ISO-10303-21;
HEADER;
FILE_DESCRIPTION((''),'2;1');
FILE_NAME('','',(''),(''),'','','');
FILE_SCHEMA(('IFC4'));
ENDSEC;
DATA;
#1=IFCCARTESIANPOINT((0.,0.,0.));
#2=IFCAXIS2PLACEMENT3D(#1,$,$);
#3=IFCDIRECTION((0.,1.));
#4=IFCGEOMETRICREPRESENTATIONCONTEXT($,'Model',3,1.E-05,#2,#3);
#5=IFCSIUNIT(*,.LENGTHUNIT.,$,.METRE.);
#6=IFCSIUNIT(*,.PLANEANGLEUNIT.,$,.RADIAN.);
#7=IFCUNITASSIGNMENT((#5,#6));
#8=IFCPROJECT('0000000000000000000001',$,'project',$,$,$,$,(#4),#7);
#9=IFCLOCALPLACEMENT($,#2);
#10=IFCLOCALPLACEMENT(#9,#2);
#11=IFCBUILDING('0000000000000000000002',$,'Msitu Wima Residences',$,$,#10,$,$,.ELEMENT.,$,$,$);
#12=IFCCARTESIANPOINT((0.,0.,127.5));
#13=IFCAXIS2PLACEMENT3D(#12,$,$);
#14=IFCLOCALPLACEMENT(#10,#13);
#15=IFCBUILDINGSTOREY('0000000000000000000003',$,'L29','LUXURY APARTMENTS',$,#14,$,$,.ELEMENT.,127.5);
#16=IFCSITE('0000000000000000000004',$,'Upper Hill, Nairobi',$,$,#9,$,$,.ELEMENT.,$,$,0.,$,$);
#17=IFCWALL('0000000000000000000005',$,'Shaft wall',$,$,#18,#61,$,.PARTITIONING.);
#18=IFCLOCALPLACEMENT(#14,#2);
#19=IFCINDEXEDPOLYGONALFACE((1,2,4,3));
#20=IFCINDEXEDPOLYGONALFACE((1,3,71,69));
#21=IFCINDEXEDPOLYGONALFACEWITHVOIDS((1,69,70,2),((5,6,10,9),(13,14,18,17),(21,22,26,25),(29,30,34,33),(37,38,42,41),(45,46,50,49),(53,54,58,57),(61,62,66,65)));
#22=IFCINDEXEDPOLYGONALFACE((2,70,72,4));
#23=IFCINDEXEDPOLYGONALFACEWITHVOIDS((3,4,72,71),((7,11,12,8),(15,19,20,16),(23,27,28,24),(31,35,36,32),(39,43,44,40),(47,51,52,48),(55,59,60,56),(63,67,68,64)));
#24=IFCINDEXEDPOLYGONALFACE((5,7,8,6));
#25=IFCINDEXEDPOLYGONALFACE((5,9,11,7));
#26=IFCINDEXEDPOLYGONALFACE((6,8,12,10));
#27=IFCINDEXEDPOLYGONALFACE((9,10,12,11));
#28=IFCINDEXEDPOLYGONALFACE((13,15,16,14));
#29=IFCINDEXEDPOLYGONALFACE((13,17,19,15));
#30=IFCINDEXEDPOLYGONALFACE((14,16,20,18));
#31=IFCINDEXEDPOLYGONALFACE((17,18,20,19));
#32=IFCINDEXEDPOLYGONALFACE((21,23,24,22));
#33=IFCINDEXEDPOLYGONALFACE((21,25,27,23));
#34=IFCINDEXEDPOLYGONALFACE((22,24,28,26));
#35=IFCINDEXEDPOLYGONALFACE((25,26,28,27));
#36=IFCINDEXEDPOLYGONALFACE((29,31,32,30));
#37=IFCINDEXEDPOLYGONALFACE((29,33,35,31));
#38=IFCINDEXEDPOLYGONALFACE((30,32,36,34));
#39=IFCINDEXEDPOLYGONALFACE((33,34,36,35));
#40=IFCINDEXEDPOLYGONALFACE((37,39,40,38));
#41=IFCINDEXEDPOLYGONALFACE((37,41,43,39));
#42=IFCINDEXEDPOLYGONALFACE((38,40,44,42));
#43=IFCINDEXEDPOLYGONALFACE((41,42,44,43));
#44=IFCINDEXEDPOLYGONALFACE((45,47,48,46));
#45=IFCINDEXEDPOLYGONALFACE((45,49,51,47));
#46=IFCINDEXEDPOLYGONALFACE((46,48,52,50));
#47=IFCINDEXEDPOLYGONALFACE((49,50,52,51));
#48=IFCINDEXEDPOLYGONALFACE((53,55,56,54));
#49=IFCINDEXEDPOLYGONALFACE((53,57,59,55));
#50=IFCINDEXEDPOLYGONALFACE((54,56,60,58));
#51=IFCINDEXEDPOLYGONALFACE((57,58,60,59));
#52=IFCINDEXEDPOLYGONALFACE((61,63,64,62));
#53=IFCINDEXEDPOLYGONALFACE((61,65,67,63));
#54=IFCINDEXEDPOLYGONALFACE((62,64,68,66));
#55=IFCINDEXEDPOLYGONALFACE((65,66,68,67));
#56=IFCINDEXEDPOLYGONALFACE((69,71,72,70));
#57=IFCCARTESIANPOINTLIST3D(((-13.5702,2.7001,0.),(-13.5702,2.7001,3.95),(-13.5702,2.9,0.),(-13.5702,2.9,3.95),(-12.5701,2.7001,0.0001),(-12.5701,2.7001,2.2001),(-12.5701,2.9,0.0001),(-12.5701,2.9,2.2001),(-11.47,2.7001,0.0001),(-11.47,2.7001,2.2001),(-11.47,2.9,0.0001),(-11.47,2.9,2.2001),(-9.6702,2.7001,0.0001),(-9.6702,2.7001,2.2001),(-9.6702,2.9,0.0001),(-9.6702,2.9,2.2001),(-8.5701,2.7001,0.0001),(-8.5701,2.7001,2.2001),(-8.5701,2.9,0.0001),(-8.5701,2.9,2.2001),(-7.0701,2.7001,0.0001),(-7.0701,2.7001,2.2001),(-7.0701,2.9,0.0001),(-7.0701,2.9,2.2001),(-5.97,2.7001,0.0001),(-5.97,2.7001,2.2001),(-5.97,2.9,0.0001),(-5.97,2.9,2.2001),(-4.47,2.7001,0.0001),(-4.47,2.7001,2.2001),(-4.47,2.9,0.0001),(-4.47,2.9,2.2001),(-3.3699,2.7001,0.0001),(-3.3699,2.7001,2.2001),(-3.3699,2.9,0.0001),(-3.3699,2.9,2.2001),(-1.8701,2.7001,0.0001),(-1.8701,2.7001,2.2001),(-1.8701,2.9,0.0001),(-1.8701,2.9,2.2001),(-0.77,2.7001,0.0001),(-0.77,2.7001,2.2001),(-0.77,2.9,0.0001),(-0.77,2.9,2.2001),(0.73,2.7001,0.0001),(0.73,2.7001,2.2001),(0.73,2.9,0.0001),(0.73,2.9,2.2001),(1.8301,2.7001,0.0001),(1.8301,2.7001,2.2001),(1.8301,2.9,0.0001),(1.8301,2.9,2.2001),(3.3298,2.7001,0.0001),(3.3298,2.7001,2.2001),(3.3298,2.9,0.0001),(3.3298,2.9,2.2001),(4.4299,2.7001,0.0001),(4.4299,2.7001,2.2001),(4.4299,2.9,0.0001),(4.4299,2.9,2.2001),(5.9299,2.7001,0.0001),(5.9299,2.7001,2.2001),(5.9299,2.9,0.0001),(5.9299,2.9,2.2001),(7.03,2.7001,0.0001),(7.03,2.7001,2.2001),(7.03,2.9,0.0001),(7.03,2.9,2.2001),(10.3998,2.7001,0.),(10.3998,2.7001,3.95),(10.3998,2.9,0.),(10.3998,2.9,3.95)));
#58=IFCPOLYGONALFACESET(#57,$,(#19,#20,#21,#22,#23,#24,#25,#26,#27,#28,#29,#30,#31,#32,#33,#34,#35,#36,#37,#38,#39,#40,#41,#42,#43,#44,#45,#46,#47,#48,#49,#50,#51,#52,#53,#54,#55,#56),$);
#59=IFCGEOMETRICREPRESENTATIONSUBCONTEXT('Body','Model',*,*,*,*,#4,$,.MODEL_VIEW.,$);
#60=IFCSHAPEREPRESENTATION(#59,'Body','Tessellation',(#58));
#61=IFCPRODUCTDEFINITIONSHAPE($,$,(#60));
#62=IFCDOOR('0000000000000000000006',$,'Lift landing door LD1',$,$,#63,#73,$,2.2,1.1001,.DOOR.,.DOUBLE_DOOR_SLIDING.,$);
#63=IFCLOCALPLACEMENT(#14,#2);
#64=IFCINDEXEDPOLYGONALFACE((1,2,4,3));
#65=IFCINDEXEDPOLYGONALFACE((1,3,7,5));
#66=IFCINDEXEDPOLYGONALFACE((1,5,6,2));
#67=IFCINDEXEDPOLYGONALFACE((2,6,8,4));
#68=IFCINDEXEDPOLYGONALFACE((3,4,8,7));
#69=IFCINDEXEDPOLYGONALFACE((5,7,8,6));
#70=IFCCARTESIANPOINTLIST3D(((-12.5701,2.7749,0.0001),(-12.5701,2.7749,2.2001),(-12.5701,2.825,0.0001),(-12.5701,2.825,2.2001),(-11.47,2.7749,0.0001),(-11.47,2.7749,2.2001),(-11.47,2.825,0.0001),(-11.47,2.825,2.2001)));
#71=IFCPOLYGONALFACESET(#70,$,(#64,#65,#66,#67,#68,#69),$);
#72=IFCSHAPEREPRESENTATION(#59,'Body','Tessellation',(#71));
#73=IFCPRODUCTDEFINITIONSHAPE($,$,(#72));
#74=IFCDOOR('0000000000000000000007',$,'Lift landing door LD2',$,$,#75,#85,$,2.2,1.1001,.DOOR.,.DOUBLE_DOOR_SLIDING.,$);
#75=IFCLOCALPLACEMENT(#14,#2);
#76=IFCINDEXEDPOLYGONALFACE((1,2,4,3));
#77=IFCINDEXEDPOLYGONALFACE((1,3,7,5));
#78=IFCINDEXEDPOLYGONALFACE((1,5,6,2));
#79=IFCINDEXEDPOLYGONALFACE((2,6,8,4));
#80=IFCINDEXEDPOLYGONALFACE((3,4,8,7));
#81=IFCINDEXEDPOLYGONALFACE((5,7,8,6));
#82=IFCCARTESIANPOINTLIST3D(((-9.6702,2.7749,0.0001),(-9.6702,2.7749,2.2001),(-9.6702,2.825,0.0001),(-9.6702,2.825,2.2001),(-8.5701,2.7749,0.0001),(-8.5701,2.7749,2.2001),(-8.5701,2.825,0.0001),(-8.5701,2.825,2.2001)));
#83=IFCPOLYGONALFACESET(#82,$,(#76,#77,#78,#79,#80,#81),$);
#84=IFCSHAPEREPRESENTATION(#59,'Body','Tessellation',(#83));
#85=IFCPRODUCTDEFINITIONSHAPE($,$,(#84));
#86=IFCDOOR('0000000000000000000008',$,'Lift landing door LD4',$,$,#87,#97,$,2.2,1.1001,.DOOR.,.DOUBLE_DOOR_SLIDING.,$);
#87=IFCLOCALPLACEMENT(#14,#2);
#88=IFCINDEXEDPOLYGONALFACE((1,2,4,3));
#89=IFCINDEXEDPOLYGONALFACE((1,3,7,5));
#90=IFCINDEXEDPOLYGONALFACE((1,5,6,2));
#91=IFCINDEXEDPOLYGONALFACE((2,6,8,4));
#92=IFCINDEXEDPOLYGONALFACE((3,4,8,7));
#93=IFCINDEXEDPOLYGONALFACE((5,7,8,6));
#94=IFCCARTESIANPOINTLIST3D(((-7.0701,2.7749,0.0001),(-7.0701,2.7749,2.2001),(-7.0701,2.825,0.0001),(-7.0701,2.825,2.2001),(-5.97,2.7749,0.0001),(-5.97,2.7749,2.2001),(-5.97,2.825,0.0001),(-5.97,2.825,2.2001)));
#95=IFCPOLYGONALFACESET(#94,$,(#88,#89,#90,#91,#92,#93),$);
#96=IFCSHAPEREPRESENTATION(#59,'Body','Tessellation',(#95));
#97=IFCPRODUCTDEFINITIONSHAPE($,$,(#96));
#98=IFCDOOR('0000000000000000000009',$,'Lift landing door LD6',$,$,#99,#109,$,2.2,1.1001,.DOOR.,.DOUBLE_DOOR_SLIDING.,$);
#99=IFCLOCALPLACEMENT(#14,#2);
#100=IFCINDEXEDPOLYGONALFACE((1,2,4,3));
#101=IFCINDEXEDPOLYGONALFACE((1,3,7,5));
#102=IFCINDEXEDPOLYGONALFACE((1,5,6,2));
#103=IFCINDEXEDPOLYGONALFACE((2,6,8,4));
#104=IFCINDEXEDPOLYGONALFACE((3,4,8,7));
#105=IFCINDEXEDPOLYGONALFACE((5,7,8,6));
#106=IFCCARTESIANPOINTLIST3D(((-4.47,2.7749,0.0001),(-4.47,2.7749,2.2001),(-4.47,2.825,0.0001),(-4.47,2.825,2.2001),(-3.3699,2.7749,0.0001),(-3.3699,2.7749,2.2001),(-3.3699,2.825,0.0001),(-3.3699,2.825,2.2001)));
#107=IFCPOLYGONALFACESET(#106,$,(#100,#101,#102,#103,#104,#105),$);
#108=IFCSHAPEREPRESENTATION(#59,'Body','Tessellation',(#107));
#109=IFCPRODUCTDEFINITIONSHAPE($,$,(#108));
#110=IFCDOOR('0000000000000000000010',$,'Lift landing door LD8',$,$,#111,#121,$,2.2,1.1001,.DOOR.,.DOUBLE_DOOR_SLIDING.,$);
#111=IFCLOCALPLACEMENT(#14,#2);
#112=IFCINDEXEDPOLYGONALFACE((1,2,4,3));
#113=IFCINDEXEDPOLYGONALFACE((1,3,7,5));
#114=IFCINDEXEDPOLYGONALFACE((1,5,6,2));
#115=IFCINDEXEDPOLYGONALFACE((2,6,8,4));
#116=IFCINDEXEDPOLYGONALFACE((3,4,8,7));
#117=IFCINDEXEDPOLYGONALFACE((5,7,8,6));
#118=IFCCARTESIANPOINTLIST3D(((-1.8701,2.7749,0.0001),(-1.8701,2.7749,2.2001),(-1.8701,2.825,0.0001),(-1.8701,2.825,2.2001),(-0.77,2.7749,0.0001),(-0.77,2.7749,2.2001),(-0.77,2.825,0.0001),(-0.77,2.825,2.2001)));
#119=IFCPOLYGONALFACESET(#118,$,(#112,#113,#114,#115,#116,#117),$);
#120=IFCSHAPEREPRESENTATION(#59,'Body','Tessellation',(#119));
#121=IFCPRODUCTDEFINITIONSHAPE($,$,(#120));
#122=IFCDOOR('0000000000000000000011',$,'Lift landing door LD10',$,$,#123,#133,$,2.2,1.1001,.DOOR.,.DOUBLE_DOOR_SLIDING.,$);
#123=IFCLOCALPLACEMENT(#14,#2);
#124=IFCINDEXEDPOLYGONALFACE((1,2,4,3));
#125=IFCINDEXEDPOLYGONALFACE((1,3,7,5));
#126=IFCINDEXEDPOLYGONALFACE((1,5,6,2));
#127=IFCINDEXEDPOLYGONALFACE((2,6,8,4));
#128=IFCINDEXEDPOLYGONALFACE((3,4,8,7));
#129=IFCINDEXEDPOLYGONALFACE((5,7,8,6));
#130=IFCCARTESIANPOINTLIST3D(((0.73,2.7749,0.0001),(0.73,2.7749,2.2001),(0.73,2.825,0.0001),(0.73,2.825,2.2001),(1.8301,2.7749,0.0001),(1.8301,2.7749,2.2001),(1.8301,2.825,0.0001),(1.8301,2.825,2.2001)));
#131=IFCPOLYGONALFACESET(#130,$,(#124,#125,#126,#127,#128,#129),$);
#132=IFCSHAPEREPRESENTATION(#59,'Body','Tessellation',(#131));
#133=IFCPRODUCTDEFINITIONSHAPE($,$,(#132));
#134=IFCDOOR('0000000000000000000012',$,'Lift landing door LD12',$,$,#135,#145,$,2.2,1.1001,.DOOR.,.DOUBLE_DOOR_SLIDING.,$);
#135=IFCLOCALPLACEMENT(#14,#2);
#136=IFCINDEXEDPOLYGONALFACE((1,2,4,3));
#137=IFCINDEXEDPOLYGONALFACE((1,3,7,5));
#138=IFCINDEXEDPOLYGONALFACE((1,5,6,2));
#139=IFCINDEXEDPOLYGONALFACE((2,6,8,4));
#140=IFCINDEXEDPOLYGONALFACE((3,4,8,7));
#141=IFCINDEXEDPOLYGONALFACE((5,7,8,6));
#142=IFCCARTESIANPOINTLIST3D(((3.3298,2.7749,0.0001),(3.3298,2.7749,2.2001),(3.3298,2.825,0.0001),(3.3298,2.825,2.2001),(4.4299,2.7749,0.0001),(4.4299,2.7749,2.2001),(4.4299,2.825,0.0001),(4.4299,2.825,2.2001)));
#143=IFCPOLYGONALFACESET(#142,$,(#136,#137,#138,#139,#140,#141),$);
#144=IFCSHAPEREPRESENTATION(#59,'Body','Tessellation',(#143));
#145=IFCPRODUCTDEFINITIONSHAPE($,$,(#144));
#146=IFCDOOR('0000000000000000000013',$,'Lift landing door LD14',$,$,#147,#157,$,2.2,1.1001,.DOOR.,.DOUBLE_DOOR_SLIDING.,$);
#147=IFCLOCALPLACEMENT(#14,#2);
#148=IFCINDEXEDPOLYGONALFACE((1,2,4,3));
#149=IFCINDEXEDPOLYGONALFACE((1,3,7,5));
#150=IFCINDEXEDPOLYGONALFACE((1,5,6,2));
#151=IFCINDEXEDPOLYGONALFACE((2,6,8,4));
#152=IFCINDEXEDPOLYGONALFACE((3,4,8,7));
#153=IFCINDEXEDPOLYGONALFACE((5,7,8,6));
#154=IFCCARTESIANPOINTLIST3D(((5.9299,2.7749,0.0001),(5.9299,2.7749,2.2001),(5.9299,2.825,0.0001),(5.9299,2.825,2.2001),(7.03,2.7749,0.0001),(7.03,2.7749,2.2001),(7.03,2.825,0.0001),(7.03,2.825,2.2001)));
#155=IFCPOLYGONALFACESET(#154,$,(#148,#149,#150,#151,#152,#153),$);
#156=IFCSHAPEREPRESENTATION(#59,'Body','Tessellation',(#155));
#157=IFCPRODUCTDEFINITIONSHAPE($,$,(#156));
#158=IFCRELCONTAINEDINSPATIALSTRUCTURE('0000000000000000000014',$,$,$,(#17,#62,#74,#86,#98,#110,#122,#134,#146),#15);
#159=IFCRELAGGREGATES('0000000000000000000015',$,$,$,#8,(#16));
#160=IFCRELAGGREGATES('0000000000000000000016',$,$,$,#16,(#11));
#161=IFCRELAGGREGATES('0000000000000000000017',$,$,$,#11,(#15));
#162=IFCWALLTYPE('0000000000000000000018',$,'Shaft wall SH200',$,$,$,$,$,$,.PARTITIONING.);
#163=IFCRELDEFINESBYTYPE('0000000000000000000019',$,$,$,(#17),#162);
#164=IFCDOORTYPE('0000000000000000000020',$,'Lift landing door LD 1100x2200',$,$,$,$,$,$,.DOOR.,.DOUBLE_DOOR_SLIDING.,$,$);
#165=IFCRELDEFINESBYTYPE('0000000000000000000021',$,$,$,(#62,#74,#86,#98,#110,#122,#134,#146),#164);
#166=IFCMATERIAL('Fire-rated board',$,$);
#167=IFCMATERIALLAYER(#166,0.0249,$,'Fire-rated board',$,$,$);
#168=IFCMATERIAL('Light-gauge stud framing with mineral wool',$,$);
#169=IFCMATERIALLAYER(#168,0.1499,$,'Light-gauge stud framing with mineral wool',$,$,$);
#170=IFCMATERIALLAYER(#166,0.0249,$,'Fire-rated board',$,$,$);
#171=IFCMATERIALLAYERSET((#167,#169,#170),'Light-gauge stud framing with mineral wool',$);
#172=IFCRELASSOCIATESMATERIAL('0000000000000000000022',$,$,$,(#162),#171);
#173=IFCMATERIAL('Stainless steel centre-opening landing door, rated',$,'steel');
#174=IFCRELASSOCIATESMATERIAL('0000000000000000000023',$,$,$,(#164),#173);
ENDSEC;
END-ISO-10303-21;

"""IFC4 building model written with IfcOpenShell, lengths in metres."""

from ifc_helpers import new_model, si_unit, direction, frame, frame_2d, origin, place, context, subcontext, project, spatial, rectangle, extrude, material, layer, layer_set, type_object, element, fill, save


model = new_model("IFC4")

# Units and contexts
model_context = context("Model", 3, precision=1e-05, world=origin(), true_north=direction((0.0, 1.0)))
body_context = subcontext(model_context, "Body", "Model", "MODEL_VIEW")
ifc_project = project(units=[si_unit("LENGTHUNIT", "METRE"), si_unit("PLANEANGLEUNIT", "RADIAN")], contexts=[model_context])

# Site, building, storey
site_placement = place(None, origin())
site = spatial("IfcSite", under=ifc_project, at=site_placement, Name="Upper Hill, Nairobi", CompositionType="ELEMENT", RefElevation=0.0)
building_placement = place(site_placement, origin())
building = spatial("IfcBuilding", under=site, at=building_placement, Name="Msitu Wima Residences", CompositionType="ELEMENT")
storey_placement = place(building_placement, frame((0.0, 0.0, 127.5)))
storey = spatial("IfcBuildingStorey", under=building, at=storey_placement, Name="L29", Description="LUXURY APARTMENTS", CompositionType="ELEMENT", Elevation=127.5)

# Shared definitions
ifc_material_1 = material(Name="Fire-rated board")
ifc_layer_1 = layer(ifc_material_1, 0.0249, Name="Fire-rated board")
ifc_material_2 = material(Name="Light-gauge stud framing with mineral wool")
ifc_layer_2 = layer(ifc_material_2, 0.1499, Name="Light-gauge stud framing with mineral wool")
ifc_layer_3 = layer(ifc_material_1, 0.0249, Name="Fire-rated board")
ifc_layer_set_1 = layer_set([ifc_layer_1, ifc_layer_2, ifc_layer_3], Name="Light-gauge stud framing with mineral wool")
wall_type_1 = type_object("IfcWallType", Name="Shaft wall SH200", PredefinedType="PARTITIONING", material=ifc_layer_set_1)

# Wall, openings, doors
wall_1_placement = place(storey_placement, frame((-13.5701, 2.8, 0.0), z_axis=(0.0, 0.0, 1.0), x_axis=(1.0, 0.0, 0.0)))
wall_1 = element("IfcWall", 1, at=wall_1_placement, inside=storey, type_object=wall_type_1, Name="Shaft wall", PredefinedType="PARTITIONING", context=body_context, shape_type="SweptSolid", body=[
    extrude(rectangle(XDim=23.97, YDim=0.2, at=frame_2d((11.9849, 0.0))), origin(), (0.0, 0.0, 1.0), 3.95),
])
opening_1_placement = place(wall_1_placement, frame((1.0, 0.0, 0.0)))
opening_1 = element("IfcOpeningElement", 2, at=opening_1_placement, cuts=wall_1, PredefinedType="OPENING", context=body_context, shape_type="SweptSolid", body=[
    extrude(rectangle(XDim=1.1001, YDim=2.2, at=frame_2d((0.55, 1.1001))), frame((0.0, 0.1099, 0.0), z_axis=(0.0, -1.0, 0.0), x_axis=(1.0, 0.0, 0.0)), (0.0, 0.0, 1.0), 0.22),
])
opening_2_placement = place(wall_1_placement, frame((3.8999, 0.0, 0.0)))
opening_2 = element("IfcOpeningElement", 3, at=opening_2_placement, cuts=wall_1, PredefinedType="OPENING", context=body_context, shape_type="SweptSolid", body=[
    extrude(rectangle(XDim=1.1001, YDim=2.2, at=frame_2d((0.55, 1.1001))), frame((0.0, 0.1099, 0.0), z_axis=(0.0, -1.0, 0.0), x_axis=(1.0, 0.0, 0.0)), (0.0, 0.0, 1.0), 0.22),
])
opening_3_placement = place(wall_1_placement, frame((6.5, 0.0, 0.0)))
opening_3 = element("IfcOpeningElement", 4, at=opening_3_placement, cuts=wall_1, PredefinedType="OPENING", context=body_context, shape_type="SweptSolid", body=[
    extrude(rectangle(XDim=1.1001, YDim=2.2, at=frame_2d((0.55, 1.1001))), frame((0.0, 0.1099, 0.0), z_axis=(0.0, -1.0, 0.0), x_axis=(1.0, 0.0, 0.0)), (0.0, 0.0, 1.0), 0.22),
])
opening_4_placement = place(wall_1_placement, frame((9.1001, 0.0, 0.0)))
opening_4 = element("IfcOpeningElement", 5, at=opening_4_placement, cuts=wall_1, PredefinedType="OPENING", context=body_context, shape_type="SweptSolid", body=[
    extrude(rectangle(XDim=1.1001, YDim=2.2, at=frame_2d((0.55, 1.1001))), frame((0.0, 0.1099, 0.0), z_axis=(0.0, -1.0, 0.0), x_axis=(1.0, 0.0, 0.0)), (0.0, 0.0, 1.0), 0.22),
])
opening_5_placement = place(wall_1_placement, frame((11.7, 0.0, 0.0)))
opening_5 = element("IfcOpeningElement", 6, at=opening_5_placement, cuts=wall_1, PredefinedType="OPENING", context=body_context, shape_type="SweptSolid", body=[
    extrude(rectangle(XDim=1.1001, YDim=2.2, at=frame_2d((0.55, 1.1001))), frame((0.0, 0.1099, 0.0), z_axis=(0.0, -1.0, 0.0), x_axis=(1.0, 0.0, 0.0)), (0.0, 0.0, 1.0), 0.22),
])
opening_6_placement = place(wall_1_placement, frame((14.3, 0.0, 0.0)))
opening_6 = element("IfcOpeningElement", 7, at=opening_6_placement, cuts=wall_1, PredefinedType="OPENING", context=body_context, shape_type="SweptSolid", body=[
    extrude(rectangle(XDim=1.1001, YDim=2.2, at=frame_2d((0.55, 1.1001))), frame((0.0, 0.1099, 0.0), z_axis=(0.0, -1.0, 0.0), x_axis=(1.0, 0.0, 0.0)), (0.0, 0.0, 1.0), 0.22),
])
opening_7_placement = place(wall_1_placement, frame((16.8999, 0.0, 0.0)))
opening_7 = element("IfcOpeningElement", 8, at=opening_7_placement, cuts=wall_1, PredefinedType="OPENING", context=body_context, shape_type="SweptSolid", body=[
    extrude(rectangle(XDim=1.1001, YDim=2.2, at=frame_2d((0.55, 1.1001))), frame((0.0, 0.1099, 0.0), z_axis=(0.0, -1.0, 0.0), x_axis=(1.0, 0.0, 0.0)), (0.0, 0.0, 1.0), 0.22),
])
opening_8_placement = place(wall_1_placement, frame((19.5, 0.0, 0.0)))
opening_8 = element("IfcOpeningElement", 9, at=opening_8_placement, cuts=wall_1, PredefinedType="OPENING", context=body_context, shape_type="SweptSolid", body=[
    extrude(rectangle(XDim=1.1001, YDim=2.2, at=frame_2d((0.55, 1.1001))), frame((0.0, 0.1099, 0.0), z_axis=(0.0, -1.0, 0.0), x_axis=(1.0, 0.0, 0.0)), (0.0, 0.0, 1.0), 0.22),
])
ifc_material_3 = material(Name="Stainless steel centre-opening landing door, rated", Category="steel")
door_type_1 = type_object("IfcDoorType", Name="Lift landing door LD 1100x2200", OperationType="DOUBLE_DOOR_SLIDING", PredefinedType="DOOR", material=ifc_material_3)
door_1_placement = place(opening_1_placement, origin())
door_1 = element("IfcDoor", 10, at=door_1_placement, inside=storey, type_object=door_type_1, Name="Lift landing door LD1", OperationType="DOUBLE_DOOR_SLIDING", OverallHeight=2.2, OverallWidth=1.1001, PredefinedType="DOOR", context=body_context, shape_type="SweptSolid", body=[
    extrude(rectangle(XDim=1.1001, YDim=2.2, at=frame_2d((0.55, 1.1001))), frame((0.0, 0.0249, 0.0), z_axis=(0.0, -1.0, 0.0), x_axis=(1.0, 0.0, 0.0)), (0.0, 0.0, 1.0), 0.05),
])
fill(opening_1, door_1)
door_2_placement = place(opening_2_placement, origin())
door_2 = element("IfcDoor", 11, at=door_2_placement, inside=storey, type_object=door_type_1, Name="Lift landing door LD2", OperationType="DOUBLE_DOOR_SLIDING", OverallHeight=2.2, OverallWidth=1.1001, PredefinedType="DOOR", context=body_context, shape_type="SweptSolid", body=[
    extrude(rectangle(XDim=1.1001, YDim=2.2, at=frame_2d((0.55, 1.1001))), frame((0.0, 0.0249, 0.0), z_axis=(0.0, -1.0, 0.0), x_axis=(1.0, 0.0, 0.0)), (0.0, 0.0, 1.0), 0.05),
])
fill(opening_2, door_2)
door_3_placement = place(opening_3_placement, origin())
door_3 = element("IfcDoor", 12, at=door_3_placement, inside=storey, type_object=door_type_1, Name="Lift landing door LD4", OperationType="DOUBLE_DOOR_SLIDING", OverallHeight=2.2, OverallWidth=1.1001, PredefinedType="DOOR", context=body_context, shape_type="SweptSolid", body=[
    extrude(rectangle(XDim=1.1001, YDim=2.2, at=frame_2d((0.55, 1.1001))), frame((0.0, 0.0249, 0.0), z_axis=(0.0, -1.0, 0.0), x_axis=(1.0, 0.0, 0.0)), (0.0, 0.0, 1.0), 0.05),
])
fill(opening_3, door_3)
door_4_placement = place(opening_4_placement, origin())
door_4 = element("IfcDoor", 13, at=door_4_placement, inside=storey, type_object=door_type_1, Name="Lift landing door LD6", OperationType="DOUBLE_DOOR_SLIDING", OverallHeight=2.2, OverallWidth=1.1001, PredefinedType="DOOR", context=body_context, shape_type="SweptSolid", body=[
    extrude(rectangle(XDim=1.1001, YDim=2.2, at=frame_2d((0.55, 1.1001))), frame((0.0, 0.0249, 0.0), z_axis=(0.0, -1.0, 0.0), x_axis=(1.0, 0.0, 0.0)), (0.0, 0.0, 1.0), 0.05),
])
fill(opening_4, door_4)
door_5_placement = place(opening_5_placement, origin())
door_5 = element("IfcDoor", 14, at=door_5_placement, inside=storey, type_object=door_type_1, Name="Lift landing door LD8", OperationType="DOUBLE_DOOR_SLIDING", OverallHeight=2.2, OverallWidth=1.1001, PredefinedType="DOOR", context=body_context, shape_type="SweptSolid", body=[
    extrude(rectangle(XDim=1.1001, YDim=2.2, at=frame_2d((0.55, 1.1001))), frame((0.0, 0.0249, 0.0), z_axis=(0.0, -1.0, 0.0), x_axis=(1.0, 0.0, 0.0)), (0.0, 0.0, 1.0), 0.05),
])
fill(opening_5, door_5)
door_6_placement = place(opening_6_placement, origin())
door_6 = element("IfcDoor", 15, at=door_6_placement, inside=storey, type_object=door_type_1, Name="Lift landing door LD10", OperationType="DOUBLE_DOOR_SLIDING", OverallHeight=2.2, OverallWidth=1.1001, PredefinedType="DOOR", context=body_context, shape_type="SweptSolid", body=[
    extrude(rectangle(XDim=1.1001, YDim=2.2, at=frame_2d((0.55, 1.1001))), frame((0.0, 0.0249, 0.0), z_axis=(0.0, -1.0, 0.0), x_axis=(1.0, 0.0, 0.0)), (0.0, 0.0, 1.0), 0.05),
])
fill(opening_6, door_6)
door_7_placement = place(opening_7_placement, origin())
door_7 = element("IfcDoor", 16, at=door_7_placement, inside=storey, type_object=door_type_1, Name="Lift landing door LD12", OperationType="DOUBLE_DOOR_SLIDING", OverallHeight=2.2, OverallWidth=1.1001, PredefinedType="DOOR", context=body_context, shape_type="SweptSolid", body=[
    extrude(rectangle(XDim=1.1001, YDim=2.2, at=frame_2d((0.55, 1.1001))), frame((0.0, 0.0249, 0.0), z_axis=(0.0, -1.0, 0.0), x_axis=(1.0, 0.0, 0.0)), (0.0, 0.0, 1.0), 0.05),
])
fill(opening_7, door_7)
door_8_placement = place(opening_8_placement, origin())
door_8 = element("IfcDoor", 17, at=door_8_placement, inside=storey, type_object=door_type_1, Name="Lift landing door LD14", OperationType="DOUBLE_DOOR_SLIDING", OverallHeight=2.2, OverallWidth=1.1001, PredefinedType="DOOR", context=body_context, shape_type="SweptSolid", body=[
    extrude(rectangle(XDim=1.1001, YDim=2.2, at=frame_2d((0.55, 1.1001))), frame((0.0, 0.0249, 0.0), z_axis=(0.0, -1.0, 0.0), x_axis=(1.0, 0.0, 0.0)), (0.0, 0.0, 1.0), 0.05),
])
fill(opening_8, door_8)

save(model, "model.ifc")
